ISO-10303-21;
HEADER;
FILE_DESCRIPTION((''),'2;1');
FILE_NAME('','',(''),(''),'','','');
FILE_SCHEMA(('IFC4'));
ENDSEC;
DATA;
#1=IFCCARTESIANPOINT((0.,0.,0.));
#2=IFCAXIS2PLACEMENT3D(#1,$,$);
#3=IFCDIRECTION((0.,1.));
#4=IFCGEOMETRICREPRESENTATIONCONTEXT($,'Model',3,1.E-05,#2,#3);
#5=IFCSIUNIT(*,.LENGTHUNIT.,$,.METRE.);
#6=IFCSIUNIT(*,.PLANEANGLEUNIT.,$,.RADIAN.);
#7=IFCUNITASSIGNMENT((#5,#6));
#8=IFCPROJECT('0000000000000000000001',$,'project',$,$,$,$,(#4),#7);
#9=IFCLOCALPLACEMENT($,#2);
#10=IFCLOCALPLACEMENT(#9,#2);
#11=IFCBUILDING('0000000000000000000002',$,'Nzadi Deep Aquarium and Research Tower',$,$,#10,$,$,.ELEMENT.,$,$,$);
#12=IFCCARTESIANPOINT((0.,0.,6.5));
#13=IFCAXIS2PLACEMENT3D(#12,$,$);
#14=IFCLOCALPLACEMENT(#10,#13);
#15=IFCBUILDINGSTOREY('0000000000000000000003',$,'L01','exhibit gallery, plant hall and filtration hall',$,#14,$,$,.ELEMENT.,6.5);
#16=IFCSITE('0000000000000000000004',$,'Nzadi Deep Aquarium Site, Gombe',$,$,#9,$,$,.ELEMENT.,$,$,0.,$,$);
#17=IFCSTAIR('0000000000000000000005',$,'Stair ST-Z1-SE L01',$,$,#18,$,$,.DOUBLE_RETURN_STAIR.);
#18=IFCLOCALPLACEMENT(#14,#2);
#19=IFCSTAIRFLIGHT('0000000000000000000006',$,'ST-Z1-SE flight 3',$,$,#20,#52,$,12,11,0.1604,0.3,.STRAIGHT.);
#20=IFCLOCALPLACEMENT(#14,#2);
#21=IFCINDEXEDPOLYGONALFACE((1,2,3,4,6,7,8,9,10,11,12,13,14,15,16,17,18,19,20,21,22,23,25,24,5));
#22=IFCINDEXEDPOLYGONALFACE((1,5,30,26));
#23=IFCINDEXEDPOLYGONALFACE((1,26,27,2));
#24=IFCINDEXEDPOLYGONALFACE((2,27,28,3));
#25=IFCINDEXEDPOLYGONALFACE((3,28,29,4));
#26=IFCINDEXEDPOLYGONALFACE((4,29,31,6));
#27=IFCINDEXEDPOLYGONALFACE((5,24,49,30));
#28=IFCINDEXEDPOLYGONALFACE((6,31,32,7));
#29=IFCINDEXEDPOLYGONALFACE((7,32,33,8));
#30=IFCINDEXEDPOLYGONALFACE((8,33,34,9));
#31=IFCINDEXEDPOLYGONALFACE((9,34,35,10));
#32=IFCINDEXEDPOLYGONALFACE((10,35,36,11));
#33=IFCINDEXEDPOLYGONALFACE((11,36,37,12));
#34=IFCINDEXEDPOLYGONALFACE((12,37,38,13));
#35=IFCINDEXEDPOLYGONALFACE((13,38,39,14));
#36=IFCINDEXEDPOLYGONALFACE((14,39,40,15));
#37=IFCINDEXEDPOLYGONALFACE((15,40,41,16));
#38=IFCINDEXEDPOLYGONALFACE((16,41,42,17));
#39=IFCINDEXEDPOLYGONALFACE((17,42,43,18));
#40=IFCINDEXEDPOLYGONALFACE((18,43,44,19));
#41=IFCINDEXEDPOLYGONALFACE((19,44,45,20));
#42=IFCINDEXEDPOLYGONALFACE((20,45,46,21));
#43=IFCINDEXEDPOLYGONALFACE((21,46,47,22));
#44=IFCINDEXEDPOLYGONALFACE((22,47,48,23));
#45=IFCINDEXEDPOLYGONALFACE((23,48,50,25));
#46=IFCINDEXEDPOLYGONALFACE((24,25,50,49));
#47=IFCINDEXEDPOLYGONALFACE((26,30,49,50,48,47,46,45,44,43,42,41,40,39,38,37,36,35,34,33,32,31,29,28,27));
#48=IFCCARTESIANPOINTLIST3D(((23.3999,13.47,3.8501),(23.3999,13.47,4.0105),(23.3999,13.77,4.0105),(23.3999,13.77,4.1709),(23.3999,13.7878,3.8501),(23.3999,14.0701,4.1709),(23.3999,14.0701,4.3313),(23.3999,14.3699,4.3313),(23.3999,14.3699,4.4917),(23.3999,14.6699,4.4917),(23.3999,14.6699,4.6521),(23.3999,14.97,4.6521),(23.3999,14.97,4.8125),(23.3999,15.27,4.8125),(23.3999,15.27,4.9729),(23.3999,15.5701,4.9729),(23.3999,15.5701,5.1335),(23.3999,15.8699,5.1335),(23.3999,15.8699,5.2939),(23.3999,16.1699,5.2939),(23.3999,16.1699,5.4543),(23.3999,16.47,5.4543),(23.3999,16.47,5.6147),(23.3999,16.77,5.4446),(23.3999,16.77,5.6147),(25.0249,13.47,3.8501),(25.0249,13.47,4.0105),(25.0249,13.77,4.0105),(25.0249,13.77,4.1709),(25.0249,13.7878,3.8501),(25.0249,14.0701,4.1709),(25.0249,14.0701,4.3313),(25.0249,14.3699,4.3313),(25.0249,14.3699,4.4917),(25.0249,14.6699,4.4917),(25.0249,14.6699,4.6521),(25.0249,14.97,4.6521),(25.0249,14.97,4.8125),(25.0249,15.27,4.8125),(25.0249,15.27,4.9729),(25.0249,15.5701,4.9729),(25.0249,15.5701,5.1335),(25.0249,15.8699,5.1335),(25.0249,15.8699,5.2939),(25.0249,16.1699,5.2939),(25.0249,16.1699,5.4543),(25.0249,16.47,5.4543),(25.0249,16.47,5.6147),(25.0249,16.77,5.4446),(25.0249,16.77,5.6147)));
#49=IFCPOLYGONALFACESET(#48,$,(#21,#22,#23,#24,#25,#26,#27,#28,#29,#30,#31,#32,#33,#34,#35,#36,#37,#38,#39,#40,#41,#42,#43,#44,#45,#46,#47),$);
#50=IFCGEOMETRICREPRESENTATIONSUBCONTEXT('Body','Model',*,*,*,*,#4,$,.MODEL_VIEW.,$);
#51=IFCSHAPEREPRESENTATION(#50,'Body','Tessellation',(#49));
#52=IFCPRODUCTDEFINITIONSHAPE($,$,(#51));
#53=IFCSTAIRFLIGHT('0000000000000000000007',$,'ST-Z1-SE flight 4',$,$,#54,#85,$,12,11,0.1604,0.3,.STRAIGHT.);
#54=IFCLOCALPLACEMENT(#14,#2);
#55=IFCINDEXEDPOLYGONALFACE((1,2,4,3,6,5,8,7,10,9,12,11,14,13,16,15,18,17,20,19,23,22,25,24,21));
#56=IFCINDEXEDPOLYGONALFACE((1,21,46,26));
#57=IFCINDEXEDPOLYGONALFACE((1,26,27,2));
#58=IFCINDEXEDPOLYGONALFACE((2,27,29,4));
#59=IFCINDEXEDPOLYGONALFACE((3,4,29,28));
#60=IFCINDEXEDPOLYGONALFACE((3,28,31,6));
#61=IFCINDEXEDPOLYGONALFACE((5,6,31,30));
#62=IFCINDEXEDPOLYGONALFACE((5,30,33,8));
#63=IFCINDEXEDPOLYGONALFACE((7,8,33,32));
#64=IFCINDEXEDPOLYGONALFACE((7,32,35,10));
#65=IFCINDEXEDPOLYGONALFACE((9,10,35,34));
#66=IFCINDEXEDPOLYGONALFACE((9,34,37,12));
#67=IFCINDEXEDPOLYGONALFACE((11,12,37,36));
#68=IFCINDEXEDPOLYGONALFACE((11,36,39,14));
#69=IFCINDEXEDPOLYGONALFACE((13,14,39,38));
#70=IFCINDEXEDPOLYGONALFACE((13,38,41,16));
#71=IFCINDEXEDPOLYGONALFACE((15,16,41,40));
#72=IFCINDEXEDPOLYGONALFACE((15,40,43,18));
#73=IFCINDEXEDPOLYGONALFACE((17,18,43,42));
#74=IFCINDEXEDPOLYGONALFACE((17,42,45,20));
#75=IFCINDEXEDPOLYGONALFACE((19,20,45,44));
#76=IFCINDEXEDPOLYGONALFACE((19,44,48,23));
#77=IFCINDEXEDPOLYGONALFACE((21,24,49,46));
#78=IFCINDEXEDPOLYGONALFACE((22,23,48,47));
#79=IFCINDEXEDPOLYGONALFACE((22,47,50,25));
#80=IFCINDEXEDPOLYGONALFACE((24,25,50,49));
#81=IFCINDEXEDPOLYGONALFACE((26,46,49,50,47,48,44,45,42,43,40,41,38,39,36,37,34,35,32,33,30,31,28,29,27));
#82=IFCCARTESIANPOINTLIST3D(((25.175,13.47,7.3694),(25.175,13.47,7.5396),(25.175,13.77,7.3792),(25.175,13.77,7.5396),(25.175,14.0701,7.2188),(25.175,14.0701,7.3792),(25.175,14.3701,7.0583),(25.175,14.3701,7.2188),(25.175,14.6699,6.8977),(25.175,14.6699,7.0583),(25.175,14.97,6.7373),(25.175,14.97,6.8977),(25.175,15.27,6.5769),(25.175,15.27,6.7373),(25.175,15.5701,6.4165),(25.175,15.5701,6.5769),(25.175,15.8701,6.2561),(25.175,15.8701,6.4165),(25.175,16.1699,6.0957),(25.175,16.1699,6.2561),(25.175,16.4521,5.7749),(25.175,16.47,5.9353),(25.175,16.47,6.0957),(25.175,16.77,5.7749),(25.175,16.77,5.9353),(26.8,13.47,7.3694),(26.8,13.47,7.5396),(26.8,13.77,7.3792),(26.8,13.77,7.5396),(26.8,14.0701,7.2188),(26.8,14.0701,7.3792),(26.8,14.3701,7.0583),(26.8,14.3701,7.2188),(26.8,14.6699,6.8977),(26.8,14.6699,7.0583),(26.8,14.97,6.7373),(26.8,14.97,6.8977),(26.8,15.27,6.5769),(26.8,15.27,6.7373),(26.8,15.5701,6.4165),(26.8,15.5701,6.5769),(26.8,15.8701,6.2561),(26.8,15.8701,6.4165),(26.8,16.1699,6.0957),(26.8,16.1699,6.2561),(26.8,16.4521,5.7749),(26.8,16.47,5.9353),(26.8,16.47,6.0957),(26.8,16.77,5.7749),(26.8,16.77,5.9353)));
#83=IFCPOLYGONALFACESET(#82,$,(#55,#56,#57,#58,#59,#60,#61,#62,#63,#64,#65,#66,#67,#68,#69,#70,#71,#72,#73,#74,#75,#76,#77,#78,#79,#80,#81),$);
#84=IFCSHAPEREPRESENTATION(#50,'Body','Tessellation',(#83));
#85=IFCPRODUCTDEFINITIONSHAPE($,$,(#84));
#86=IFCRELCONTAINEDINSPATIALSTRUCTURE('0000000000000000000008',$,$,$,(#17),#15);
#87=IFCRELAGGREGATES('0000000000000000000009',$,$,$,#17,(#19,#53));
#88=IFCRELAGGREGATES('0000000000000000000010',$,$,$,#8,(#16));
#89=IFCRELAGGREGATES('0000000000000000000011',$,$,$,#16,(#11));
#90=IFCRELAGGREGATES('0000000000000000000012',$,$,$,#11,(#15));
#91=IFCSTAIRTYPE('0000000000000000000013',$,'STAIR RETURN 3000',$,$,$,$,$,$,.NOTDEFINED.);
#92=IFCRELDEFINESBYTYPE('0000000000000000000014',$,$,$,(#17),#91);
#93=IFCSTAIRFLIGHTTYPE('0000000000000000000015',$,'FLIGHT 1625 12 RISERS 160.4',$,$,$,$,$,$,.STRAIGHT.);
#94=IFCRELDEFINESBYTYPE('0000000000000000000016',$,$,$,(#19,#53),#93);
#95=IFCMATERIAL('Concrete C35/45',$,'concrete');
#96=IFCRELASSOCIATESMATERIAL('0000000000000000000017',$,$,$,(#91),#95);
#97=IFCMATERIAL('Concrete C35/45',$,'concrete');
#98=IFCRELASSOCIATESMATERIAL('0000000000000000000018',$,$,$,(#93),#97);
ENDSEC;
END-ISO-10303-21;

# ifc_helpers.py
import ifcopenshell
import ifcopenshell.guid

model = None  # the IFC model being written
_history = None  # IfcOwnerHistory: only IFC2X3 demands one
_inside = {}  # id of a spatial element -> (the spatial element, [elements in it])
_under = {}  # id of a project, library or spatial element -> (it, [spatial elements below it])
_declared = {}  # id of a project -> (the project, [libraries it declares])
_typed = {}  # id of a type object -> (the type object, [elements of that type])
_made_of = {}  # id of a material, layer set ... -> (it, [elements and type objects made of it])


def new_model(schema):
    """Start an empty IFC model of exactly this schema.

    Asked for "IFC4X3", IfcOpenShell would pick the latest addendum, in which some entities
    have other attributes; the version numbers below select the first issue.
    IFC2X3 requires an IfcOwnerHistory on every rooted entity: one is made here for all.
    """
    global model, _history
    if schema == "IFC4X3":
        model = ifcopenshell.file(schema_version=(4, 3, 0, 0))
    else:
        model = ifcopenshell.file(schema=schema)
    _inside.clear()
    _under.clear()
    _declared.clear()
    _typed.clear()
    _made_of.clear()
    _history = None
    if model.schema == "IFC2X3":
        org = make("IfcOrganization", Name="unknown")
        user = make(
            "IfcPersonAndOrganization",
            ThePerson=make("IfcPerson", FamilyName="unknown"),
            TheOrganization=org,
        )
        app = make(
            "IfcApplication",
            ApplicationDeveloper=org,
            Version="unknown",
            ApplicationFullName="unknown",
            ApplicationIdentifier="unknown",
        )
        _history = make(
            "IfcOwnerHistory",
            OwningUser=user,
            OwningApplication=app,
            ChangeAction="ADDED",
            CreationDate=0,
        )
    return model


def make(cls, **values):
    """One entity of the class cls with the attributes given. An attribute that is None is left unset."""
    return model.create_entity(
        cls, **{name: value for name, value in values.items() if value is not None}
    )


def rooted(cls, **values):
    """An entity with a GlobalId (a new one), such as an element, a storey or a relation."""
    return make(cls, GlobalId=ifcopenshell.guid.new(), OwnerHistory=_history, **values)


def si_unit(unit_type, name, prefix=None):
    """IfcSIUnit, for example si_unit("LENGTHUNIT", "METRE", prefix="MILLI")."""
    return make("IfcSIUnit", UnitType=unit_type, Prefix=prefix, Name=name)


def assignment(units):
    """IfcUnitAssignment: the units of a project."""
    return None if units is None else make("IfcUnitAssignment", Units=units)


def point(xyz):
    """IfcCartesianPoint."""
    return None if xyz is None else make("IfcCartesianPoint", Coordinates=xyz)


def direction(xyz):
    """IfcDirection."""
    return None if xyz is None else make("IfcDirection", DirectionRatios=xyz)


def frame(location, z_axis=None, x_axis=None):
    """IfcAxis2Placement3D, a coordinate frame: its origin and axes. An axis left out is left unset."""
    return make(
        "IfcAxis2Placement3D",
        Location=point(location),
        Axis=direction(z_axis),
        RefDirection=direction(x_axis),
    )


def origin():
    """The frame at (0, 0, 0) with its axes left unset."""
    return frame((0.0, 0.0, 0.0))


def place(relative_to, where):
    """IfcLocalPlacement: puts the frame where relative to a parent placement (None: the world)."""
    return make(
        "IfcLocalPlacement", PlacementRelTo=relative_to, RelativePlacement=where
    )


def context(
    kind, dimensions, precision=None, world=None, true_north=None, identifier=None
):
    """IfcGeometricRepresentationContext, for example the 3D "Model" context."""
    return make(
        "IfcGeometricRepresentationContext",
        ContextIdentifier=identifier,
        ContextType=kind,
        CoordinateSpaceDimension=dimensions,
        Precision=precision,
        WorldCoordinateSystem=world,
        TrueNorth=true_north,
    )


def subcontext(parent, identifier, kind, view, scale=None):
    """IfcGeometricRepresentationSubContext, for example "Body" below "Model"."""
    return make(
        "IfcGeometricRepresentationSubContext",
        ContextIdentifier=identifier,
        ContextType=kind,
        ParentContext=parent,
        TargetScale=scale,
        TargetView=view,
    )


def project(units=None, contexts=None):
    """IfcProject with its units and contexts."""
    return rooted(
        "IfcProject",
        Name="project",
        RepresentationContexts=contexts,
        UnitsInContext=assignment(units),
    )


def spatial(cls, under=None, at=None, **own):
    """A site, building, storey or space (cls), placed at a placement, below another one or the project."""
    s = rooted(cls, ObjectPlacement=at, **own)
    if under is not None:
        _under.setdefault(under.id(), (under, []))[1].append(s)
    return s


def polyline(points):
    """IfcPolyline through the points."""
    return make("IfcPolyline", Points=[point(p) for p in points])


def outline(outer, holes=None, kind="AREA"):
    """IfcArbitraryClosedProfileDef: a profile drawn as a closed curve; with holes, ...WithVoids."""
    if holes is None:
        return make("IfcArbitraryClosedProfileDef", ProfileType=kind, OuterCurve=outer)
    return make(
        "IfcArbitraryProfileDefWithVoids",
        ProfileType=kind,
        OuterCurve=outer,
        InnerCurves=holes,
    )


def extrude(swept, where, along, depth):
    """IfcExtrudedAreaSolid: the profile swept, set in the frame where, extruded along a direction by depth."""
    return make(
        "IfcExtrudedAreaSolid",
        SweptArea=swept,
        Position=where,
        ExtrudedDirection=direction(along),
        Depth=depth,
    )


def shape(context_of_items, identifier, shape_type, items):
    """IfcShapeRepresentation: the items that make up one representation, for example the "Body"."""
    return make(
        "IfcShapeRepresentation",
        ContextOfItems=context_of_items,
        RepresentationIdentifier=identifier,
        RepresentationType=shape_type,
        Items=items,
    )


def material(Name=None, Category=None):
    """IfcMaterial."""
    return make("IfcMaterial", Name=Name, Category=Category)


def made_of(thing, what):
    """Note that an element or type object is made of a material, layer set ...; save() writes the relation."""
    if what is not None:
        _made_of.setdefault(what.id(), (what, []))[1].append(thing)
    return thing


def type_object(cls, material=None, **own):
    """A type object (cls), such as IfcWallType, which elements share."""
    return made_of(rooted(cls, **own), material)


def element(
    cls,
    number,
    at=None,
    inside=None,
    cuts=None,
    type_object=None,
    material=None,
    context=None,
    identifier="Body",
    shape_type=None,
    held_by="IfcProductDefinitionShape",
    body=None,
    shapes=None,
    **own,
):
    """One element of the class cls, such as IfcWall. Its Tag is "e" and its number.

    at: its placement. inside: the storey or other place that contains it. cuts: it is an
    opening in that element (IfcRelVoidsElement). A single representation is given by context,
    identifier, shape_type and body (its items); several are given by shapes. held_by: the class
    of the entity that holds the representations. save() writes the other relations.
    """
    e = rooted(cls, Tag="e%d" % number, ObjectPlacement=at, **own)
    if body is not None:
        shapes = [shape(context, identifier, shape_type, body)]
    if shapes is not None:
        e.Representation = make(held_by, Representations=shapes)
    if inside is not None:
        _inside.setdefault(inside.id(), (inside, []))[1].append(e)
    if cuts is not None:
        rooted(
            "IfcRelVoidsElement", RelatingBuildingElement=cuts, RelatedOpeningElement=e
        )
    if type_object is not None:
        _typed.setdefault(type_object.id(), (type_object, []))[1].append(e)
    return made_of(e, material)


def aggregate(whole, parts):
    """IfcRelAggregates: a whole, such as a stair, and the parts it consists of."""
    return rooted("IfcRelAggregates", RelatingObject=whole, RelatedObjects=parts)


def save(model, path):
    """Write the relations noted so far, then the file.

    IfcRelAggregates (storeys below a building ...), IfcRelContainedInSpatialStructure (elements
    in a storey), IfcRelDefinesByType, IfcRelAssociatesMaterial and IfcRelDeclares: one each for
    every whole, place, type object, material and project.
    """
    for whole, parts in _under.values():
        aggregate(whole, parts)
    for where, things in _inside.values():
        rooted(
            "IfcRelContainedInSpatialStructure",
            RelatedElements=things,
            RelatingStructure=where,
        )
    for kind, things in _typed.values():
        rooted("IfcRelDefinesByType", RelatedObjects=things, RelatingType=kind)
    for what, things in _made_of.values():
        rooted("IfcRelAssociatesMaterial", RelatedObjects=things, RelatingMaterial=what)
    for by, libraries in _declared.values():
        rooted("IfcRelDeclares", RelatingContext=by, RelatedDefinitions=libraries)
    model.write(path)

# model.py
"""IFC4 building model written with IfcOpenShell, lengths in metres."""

from ifc_helpers import new_model, si_unit, direction, frame, origin, place, context, subcontext, project, spatial, polyline, outline, extrude, material, type_object, element, aggregate, save


model = new_model("IFC4")

# Units and contexts
model_context = context("Model", 3, precision=1e-05, world=origin(), true_north=direction((0.0, 1.0)))
body_context = subcontext(model_context, "Body", "Model", "MODEL_VIEW")
ifc_project = project(units=[si_unit("LENGTHUNIT", "METRE"), si_unit("PLANEANGLEUNIT", "RADIAN")], contexts=[model_context])

# Site, building, storey
site_placement = place(None, origin())
site = spatial("IfcSite", under=ifc_project, at=site_placement, Name="Nzadi Deep Aquarium Site, Gombe", CompositionType="ELEMENT", RefElevation=0.0)
building_placement = place(site_placement, origin())
building = spatial("IfcBuilding", under=site, at=building_placement, Name="Nzadi Deep Aquarium and Research Tower", CompositionType="ELEMENT")
storey_placement = place(building_placement, frame((0.0, 0.0, 6.5)))
storey = spatial("IfcBuildingStorey", under=building, at=storey_placement, Name="L01", Description="exhibit gallery, plant hall and filtration hall", CompositionType="ELEMENT", Elevation=6.5)

# Stair, stair flights
ifc_material_1 = material(Name="Concrete C35/45", Category="concrete")
stair_type = type_object("IfcStairType", Name="STAIR RETURN 3000", PredefinedType="NOTDEFINED", material=ifc_material_1)
stair_placement = place(storey_placement, origin())
stair = element("IfcStair", 1, at=stair_placement, inside=storey, type_object=stair_type, Name="Stair ST-Z1-SE L01", PredefinedType="DOUBLE_RETURN_STAIR")
ifc_material_2 = material(Name="Concrete C35/45", Category="concrete")
stair_flight_type = type_object("IfcStairFlightType", Name="FLIGHT 1625 12 RISERS 160.4", PredefinedType="STRAIGHT", material=ifc_material_2)
stair_flight_1_placement = place(storey_placement, frame((24.2124, 13.47, 3.8501), z_axis=(0.0, 0.0, 1.0), x_axis=(0.0, 1.0, 0.0)))
stair_flight_1 = element("IfcStairFlight", 2, at=stair_flight_1_placement, type_object=stair_flight_type, Name="ST-Z1-SE flight 3", NumberOfRisers=12, NumberOfTreads=11, PredefinedType="STRAIGHT", RiserHeight=0.1604, TreadLength=0.3, context=body_context, shape_type="SweptSolid", body=[
    extrude(outline(polyline([(0.0, 0.0), (0.0, 0.1604), (0.3, 0.1604), (0.3, 0.3208), (0.6001, 0.3208), (0.6001, 0.4812), (0.8999, 0.4812), (0.8999, 0.6416), (1.2, 0.6416), (1.2, 0.802), (1.5, 0.802), (1.5, 0.9624), (1.8, 0.9624), (1.8, 1.1228), (2.1001, 1.1228), (2.1001, 1.2834), (2.3999, 1.2834), (2.3999, 1.4438), (2.7, 1.4438), (2.7, 1.6042), (3.0, 1.6042), (3.0, 1.7646), (3.3, 1.7646), (3.3, 1.925), (3.3, 1.5945), (0.3179, 0.0), (0.0, 0.0)])), frame((0.0, 0.8125, 0.0), z_axis=(0.0, -1.0, 0.0), x_axis=(1.0, 0.0, 0.0)), (0.0, 0.0, 1.0), 1.625),
])
stair_flight_2_placement = place(storey_placement, frame((25.9875, 16.77, 5.7749), z_axis=(0.0, 0.0, 1.0), x_axis=(0.0, -1.0, 0.0)))
stair_flight_2 = element("IfcStairFlight", 3, at=stair_flight_2_placement, type_object=stair_flight_type, Name="ST-Z1-SE flight 4", NumberOfRisers=12, NumberOfTreads=11, PredefinedType="STRAIGHT", RiserHeight=0.1604, TreadLength=0.3, context=body_context, shape_type="SweptSolid", body=[
    extrude(outline(polyline([(0.0, 0.0), (0.0, 0.1604), (0.3, 0.1604), (0.3, 0.3208), (0.6001, 0.3208), (0.6001, 0.4812), (0.8999, 0.4812), (0.8999, 0.6416), (1.2, 0.6416), (1.2, 0.802), (1.5, 0.802), (1.5, 0.9624), (1.8, 0.9624), (1.8, 1.1228), (2.1001, 1.1228), (2.1001, 1.2834), (2.3999, 1.2834), (2.3999, 1.4438), (2.7, 1.4438), (2.7, 1.6042), (3.0, 1.6042), (3.0, 1.7646), (3.3, 1.7646), (3.3, 1.925), (3.3, 1.5945), (0.3179, 0.0), (0.0, 0.0)])), frame((0.0, 0.8125, 0.0), z_axis=(0.0, -1.0, 0.0), x_axis=(1.0, 0.0, 0.0)), (0.0, 0.0, 1.0), 1.625),
])
aggregate(stair, [stair_flight_1, stair_flight_2])

save(model, "model.ifc")
